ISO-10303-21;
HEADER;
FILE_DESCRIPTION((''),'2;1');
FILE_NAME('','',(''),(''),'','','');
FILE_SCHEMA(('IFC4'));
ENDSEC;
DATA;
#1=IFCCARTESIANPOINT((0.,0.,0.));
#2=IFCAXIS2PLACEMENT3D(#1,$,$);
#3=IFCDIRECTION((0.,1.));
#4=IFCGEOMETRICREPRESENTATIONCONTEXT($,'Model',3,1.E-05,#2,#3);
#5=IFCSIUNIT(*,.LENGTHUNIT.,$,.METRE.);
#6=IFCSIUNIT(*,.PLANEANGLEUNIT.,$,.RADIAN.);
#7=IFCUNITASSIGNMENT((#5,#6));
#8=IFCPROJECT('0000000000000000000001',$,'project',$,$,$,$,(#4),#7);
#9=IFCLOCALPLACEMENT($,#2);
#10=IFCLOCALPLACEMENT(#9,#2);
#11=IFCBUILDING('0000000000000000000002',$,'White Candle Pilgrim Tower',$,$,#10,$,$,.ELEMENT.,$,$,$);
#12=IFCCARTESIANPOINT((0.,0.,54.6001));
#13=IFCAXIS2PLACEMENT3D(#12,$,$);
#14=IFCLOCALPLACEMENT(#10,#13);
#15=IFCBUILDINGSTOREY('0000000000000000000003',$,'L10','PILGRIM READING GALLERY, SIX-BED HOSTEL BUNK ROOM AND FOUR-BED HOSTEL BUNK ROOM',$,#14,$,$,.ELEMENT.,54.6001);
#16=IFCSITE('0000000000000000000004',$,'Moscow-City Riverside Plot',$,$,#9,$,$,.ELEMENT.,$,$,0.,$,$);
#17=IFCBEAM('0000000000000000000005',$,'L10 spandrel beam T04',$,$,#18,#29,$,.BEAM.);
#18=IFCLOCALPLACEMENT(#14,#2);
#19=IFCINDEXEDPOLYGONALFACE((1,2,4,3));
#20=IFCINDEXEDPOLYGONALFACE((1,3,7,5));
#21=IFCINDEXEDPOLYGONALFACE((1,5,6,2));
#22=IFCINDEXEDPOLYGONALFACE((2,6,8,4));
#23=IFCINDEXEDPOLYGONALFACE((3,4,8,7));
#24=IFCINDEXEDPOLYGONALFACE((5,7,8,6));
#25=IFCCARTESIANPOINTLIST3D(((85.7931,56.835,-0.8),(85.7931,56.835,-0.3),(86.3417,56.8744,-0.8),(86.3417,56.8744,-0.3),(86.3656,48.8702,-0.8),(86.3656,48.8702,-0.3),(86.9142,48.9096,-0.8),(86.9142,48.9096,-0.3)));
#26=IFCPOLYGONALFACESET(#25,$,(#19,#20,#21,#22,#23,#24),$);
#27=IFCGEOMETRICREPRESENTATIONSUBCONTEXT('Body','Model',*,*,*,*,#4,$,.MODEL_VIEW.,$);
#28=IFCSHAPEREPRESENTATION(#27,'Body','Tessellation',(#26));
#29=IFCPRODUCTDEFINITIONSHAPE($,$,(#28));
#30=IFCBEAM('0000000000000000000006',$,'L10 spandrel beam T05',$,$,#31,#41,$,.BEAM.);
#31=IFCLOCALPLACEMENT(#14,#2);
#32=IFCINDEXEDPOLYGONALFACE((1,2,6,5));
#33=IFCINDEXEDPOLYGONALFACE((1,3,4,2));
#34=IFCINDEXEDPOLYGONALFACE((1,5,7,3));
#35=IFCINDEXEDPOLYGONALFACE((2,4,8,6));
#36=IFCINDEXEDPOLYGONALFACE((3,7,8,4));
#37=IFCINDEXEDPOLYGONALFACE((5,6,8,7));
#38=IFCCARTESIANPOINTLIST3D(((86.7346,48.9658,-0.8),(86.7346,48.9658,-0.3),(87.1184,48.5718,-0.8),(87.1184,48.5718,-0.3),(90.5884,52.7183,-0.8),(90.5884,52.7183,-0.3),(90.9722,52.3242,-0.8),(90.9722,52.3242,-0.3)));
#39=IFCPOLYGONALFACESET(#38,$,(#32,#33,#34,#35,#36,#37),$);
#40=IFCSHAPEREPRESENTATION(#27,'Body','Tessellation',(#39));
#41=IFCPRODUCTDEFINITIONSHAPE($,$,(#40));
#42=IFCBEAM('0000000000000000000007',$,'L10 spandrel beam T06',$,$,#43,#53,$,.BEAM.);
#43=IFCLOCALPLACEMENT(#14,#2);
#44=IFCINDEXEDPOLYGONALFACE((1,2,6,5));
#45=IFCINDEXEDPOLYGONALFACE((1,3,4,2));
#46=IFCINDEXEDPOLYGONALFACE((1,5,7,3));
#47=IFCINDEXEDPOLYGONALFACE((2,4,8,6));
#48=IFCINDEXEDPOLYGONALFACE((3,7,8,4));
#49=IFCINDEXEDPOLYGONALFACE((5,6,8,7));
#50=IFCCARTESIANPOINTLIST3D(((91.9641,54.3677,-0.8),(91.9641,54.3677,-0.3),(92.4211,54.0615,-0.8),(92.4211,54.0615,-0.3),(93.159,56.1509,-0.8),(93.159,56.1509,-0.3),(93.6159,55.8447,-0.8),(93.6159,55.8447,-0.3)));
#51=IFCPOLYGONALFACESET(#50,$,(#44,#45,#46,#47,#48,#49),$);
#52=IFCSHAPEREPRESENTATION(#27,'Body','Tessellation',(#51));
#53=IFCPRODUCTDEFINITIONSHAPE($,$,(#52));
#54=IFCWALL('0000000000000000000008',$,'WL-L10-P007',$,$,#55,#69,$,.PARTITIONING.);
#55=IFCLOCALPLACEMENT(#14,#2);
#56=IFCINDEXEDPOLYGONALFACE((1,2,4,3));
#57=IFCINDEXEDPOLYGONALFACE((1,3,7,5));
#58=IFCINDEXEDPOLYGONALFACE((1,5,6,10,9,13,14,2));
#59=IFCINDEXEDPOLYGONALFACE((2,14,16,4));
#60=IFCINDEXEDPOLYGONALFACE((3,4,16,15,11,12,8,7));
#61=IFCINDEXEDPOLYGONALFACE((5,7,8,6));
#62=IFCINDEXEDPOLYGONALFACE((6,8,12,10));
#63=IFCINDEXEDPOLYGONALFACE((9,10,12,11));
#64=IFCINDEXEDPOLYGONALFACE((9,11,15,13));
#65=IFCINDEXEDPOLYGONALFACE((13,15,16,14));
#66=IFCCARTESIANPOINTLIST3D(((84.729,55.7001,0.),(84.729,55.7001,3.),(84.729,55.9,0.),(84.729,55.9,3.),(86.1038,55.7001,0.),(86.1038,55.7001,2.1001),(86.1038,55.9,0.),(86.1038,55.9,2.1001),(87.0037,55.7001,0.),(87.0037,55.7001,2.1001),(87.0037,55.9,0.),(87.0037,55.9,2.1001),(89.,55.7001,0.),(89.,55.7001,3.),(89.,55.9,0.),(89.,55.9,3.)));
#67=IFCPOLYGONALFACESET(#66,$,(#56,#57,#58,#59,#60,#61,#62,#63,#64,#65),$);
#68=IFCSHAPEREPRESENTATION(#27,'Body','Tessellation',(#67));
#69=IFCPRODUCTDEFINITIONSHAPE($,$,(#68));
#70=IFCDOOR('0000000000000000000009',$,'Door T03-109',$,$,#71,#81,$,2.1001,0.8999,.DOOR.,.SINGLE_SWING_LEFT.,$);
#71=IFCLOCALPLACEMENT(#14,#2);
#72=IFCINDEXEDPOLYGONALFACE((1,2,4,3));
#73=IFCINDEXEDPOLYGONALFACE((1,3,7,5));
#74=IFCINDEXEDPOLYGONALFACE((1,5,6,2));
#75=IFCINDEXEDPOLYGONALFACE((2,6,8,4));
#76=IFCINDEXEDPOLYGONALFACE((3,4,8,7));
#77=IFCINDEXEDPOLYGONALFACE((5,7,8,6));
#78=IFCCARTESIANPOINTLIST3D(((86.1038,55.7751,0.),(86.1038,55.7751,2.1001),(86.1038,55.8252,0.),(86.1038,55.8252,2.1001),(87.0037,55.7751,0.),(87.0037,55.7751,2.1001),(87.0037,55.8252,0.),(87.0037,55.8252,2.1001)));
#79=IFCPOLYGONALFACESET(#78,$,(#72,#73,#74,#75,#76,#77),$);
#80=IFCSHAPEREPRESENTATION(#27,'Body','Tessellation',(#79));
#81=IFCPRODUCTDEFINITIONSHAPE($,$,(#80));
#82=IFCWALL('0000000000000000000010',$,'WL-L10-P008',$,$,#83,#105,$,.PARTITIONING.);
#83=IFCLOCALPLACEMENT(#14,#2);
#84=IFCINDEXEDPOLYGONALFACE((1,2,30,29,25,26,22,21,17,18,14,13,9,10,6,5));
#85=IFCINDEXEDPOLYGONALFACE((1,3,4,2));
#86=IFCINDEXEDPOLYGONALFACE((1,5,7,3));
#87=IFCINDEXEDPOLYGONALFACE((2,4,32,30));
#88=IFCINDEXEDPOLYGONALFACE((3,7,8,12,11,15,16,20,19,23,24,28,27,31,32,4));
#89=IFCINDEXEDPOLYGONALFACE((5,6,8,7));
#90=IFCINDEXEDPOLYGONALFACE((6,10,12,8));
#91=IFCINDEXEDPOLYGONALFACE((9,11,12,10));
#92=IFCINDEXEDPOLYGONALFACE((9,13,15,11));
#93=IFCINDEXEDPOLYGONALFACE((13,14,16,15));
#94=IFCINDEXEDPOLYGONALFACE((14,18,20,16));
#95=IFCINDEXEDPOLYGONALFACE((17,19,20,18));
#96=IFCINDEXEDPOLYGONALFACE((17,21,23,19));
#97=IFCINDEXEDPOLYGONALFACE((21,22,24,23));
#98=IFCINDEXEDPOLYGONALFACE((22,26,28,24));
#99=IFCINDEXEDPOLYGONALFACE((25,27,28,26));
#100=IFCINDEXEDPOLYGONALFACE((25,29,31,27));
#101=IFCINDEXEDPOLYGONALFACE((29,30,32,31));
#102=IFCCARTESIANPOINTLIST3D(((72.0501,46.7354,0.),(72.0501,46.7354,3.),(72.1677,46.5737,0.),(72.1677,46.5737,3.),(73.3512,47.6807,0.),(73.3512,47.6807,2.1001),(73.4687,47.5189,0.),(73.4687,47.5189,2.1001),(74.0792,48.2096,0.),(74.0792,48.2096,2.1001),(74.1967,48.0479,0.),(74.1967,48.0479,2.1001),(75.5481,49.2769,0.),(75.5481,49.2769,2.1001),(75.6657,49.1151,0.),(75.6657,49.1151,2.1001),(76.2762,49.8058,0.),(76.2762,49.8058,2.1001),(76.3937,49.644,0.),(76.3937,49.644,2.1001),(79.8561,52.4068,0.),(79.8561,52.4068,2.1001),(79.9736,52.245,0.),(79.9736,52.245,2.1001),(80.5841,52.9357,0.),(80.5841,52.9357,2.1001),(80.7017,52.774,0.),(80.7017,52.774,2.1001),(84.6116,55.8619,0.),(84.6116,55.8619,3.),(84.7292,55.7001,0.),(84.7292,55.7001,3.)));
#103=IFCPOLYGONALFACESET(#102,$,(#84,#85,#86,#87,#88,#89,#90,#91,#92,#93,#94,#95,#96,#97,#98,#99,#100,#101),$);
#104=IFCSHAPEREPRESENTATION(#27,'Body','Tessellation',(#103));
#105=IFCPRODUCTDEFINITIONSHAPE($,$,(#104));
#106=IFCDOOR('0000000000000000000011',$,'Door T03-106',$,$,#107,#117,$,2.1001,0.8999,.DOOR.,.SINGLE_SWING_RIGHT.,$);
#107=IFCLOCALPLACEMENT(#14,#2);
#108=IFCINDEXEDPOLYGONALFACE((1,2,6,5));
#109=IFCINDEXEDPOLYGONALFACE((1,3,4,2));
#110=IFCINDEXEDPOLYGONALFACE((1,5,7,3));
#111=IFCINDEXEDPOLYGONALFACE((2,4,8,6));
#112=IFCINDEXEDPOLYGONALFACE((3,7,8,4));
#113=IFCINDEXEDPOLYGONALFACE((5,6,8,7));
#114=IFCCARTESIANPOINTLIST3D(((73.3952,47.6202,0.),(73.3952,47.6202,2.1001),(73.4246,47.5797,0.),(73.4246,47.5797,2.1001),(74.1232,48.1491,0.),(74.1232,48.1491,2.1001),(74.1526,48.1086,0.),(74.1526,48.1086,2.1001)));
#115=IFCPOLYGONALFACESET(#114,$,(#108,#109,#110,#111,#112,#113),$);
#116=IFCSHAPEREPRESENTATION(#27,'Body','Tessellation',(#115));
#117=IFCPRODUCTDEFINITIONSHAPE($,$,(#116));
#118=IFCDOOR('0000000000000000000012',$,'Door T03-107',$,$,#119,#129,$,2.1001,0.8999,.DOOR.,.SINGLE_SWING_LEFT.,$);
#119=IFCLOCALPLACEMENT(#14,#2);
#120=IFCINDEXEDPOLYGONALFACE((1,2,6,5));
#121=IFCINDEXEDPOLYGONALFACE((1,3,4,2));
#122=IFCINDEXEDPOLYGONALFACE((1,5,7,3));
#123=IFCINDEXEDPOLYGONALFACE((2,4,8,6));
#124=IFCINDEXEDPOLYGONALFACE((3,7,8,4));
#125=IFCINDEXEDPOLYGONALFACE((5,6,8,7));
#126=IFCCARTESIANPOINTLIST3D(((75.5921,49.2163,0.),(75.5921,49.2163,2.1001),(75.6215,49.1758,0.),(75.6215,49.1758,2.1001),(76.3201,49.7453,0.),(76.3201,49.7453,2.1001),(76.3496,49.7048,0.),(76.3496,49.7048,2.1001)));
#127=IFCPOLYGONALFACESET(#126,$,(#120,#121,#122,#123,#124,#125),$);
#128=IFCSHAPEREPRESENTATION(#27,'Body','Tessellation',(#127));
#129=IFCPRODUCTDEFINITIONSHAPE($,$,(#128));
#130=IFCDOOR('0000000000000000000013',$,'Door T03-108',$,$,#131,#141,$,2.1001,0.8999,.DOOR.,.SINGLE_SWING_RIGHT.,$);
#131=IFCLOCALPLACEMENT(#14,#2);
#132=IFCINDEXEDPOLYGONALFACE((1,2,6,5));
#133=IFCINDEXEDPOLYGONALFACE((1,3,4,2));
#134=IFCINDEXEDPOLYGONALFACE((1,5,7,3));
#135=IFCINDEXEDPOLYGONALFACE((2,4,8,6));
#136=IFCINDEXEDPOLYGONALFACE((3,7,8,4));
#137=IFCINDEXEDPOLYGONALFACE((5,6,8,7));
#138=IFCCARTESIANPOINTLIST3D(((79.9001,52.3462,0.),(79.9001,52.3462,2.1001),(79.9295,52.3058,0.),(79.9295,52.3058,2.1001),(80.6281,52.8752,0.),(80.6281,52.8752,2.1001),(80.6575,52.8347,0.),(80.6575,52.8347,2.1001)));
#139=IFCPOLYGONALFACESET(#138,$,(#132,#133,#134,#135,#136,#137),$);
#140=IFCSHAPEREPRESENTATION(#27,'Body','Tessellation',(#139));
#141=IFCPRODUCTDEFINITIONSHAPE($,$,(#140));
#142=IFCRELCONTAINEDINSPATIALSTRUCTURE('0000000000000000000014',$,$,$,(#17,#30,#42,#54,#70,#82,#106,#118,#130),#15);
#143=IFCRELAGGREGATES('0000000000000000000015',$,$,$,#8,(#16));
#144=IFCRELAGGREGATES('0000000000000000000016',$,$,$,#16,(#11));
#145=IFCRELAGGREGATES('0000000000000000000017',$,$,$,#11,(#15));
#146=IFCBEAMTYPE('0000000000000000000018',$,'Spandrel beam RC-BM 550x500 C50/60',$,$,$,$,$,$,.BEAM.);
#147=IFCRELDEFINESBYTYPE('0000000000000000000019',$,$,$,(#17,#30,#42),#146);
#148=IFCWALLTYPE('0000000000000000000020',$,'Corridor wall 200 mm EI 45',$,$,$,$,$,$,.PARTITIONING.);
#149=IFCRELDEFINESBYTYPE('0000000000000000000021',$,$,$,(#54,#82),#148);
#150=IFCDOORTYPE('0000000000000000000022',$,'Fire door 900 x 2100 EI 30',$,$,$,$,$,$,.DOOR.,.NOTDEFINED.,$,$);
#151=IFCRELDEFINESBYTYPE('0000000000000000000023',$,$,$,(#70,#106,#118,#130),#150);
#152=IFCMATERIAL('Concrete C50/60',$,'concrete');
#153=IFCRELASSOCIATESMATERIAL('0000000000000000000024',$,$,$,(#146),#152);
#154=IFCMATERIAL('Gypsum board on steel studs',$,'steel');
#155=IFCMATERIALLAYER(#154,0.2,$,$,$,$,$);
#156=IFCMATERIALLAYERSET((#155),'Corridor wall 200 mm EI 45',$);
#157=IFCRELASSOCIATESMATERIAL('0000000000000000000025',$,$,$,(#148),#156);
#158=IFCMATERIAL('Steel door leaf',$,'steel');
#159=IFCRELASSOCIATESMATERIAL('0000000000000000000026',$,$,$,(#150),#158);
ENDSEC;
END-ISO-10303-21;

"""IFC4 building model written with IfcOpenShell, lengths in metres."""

from ifc_helpers import new_model, si_unit, direction, frame, frame_2d, origin, origin_2d, place, context, subcontext, project, spatial, rectangle, extrude, material, layer, layer_set, material_profile, profile_set, type_object, element, fill, save


model = new_model("IFC4")

# Units and contexts
model_context = context("Model", 3, precision=1e-05, world=origin(), true_north=direction((0.0, 1.0)))
body_context = subcontext(model_context, "Body", "Model", "MODEL_VIEW")
ifc_project = project(units=[si_unit("LENGTHUNIT", "METRE"), si_unit("PLANEANGLEUNIT", "RADIAN")], contexts=[model_context])

# Site, building, storey
site_placement = place(None, origin())
site = spatial("IfcSite", under=ifc_project, at=site_placement, Name="Moscow-City Riverside Plot", CompositionType="ELEMENT", RefElevation=0.0)
building_placement = place(site_placement, origin())
building = spatial("IfcBuilding", under=site, at=building_placement, Name="White Candle Pilgrim Tower", CompositionType="ELEMENT")
storey_placement = place(building_placement, frame((0.0, 0.0, 54.6001)))
storey = spatial("IfcBuildingStorey", under=building, at=storey_placement, Name="L10", Description="PILGRIM READING GALLERY, SIX-BED HOSTEL BUNK ROOM AND FOUR-BED HOSTEL BUNK ROOM", CompositionType="ELEMENT", Elevation=54.6001)

# Beams
ifc_material_1 = material(Name="Concrete C50/60", Category="concrete")
ifc_material_profile_1 = material_profile(ifc_material_1, rectangle(XDim=0.55, YDim=0.5, at=origin_2d()), Name="RC-BM 550x500")
ifc_profile_set_1 = profile_set([ifc_material_profile_1], Name="Concrete C50/60")
beam_type = type_object("IfcBeamType", Name="Spandrel beam RC-BM 550x500 C50/60", PredefinedType="BEAM", material=ifc_profile_set_1)
beam_1_placement = place(storey_placement, frame((86.6399, 48.8899, -0.55), z_axis=(-0.071695, 0.997427, 0.0), x_axis=(-0.997427, -0.071695, 0.0)))
element("IfcBeam", 1, at=beam_1_placement, inside=storey, type_object=beam_type, Name="L10 spandrel beam T04", PredefinedType="BEAM", context=body_context, shape_type="SweptSolid", body=[
    extrude(rectangle(XDim=0.55, YDim=0.5, at=origin_2d()), origin(), (0.0, 0.0, 1.0), 7.9854),
])
beam_2_placement = place(storey_placement, frame((86.9265, 48.7688, -0.55), z_axis=(0.716462, 0.697626, 0.0), x_axis=(-0.697626, 0.716462, 0.0)))
element("IfcBeam", 2, at=beam_2_placement, inside=storey, type_object=beam_type, Name="L10 spandrel beam T05", PredefinedType="BEAM", context=body_context, shape_type="SweptSolid", body=[
    extrude(rectangle(XDim=0.55, YDim=0.5, at=origin_2d()), origin(), (0.0, 0.0, 1.0), 5.3789),
])
beam_3_placement = place(storey_placement, frame((92.1926, 54.2146, -0.55), z_axis=(0.556641, 0.830753, 0.0), x_axis=(-0.830753, 0.556641, 0.0)))
element("IfcBeam", 3, at=beam_3_placement, inside=storey, type_object=beam_type, Name="L10 spandrel beam T06", PredefinedType="BEAM", context=body_context, shape_type="SweptSolid", body=[
    extrude(rectangle(XDim=0.55, YDim=0.5, at=origin_2d()), origin(), (0.0, 0.0, 1.0), 2.1465),
])

# Wall, opening, door
ifc_material_2 = material(Name="Gypsum board on steel studs", Category="steel")
ifc_layer_1 = layer(ifc_material_2, 0.2)
ifc_layer_set_1 = layer_set([ifc_layer_1], Name="Corridor wall 200 mm EI 45")
wall_type_1 = type_object("IfcWallType", Name="Corridor wall 200 mm EI 45", PredefinedType="PARTITIONING", material=ifc_layer_set_1)
wall_1_placement = place(storey_placement, frame((89.0, 55.8, 0.0), z_axis=(0.0, 0.0, 1.0), x_axis=(-1.0, 0.0, 0.0)))
wall_1 = element("IfcWall", 4, at=wall_1_placement, inside=storey, type_object=wall_type_1, Name="WL-L10-P007", PredefinedType="PARTITIONING", context=body_context, shape_type="SweptSolid", body=[
    extrude(rectangle(XDim=4.271, YDim=0.2, at=frame_2d((2.1355, 0.0))), origin(), (0.0, 0.0, 1.0), 3.0),
])
opening_1_placement = place(wall_1_placement, frame((1.9963, 0.0, 0.0)))
opening_1 = element("IfcOpeningElement", 5, at=opening_1_placement, cuts=wall_1, PredefinedType="OPENING", context=body_context, shape_type="SweptSolid", body=[
    extrude(rectangle(XDim=0.8999, YDim=2.1001, at=frame_2d((0.45, 1.05))), frame((0.0, 0.1099, 0.0), z_axis=(0.0, -1.0, 0.0), x_axis=(1.0, 0.0, 0.0)), (0.0, 0.0, 1.0), 0.22),
])
ifc_material_3 = material(Name="Steel door leaf", Category="steel")
door_type = type_object("IfcDoorType", Name="Fire door 900 x 2100 EI 30", OperationType="NOTDEFINED", PredefinedType="DOOR", material=ifc_material_3)
door_1_placement = place(opening_1_placement, origin())
door_1 = element("IfcDoor", 6, at=door_1_placement, inside=storey, type_object=door_type, Name="Door T03-109", OperationType="SINGLE_SWING_LEFT", OverallHeight=2.1001, OverallWidth=0.8999, PredefinedType="DOOR", context=body_context, shape_type="SweptSolid", body=[
    extrude(rectangle(XDim=0.8999, YDim=2.1001, at=frame_2d((0.45, 1.05))), frame((0.0, 0.0249, 0.0), z_axis=(0.0, -1.0, 0.0), x_axis=(1.0, 0.0, 0.0)), (0.0, 0.0, 1.0), 0.05),
])
fill(opening_1, door_1)

# Wall, openings, doors
wall_2_placement = place(storey_placement, frame((84.6704, 55.781, 0.0), z_axis=(0.0, 0.0, 1.0), x_axis=(-0.809017, -0.587785, 0.0)))
wall_2 = element("IfcWall", 7, at=wall_2_placement, inside=storey, type_object=wall_type_1, Name="WL-L10-P008", PredefinedType="PARTITIONING", context=body_context, shape_type="SweptSolid", body=[
    extrude(rectangle(XDim=15.5269, YDim=0.2, at=frame_2d((7.7634, 0.0))), origin(), (0.0, 0.0, 1.0), 3.0),
])
opening_2_placement = place(wall_2_placement, frame((13.0188, 0.0, 0.0)))
opening_2 = element("IfcOpeningElement", 8, at=opening_2_placement, cuts=wall_2, PredefinedType="OPENING", context=body_context, shape_type="SweptSolid", body=[
    extrude(rectangle(XDim=0.8999, YDim=2.1001, at=frame_2d((0.45, 1.05))), frame((0.0, 0.1099, 0.0), z_axis=(0.0, -1.0, 0.0), x_axis=(1.0, 0.0, 0.0)), (0.0, 0.0, 1.0), 0.22),
])
opening_3_placement = place(wall_2_placement, frame((10.3032, 0.0, 0.0)))
opening_3 = element("IfcOpeningElement", 9, at=opening_3_placement, cuts=wall_2, PredefinedType="OPENING", context=body_context, shape_type="SweptSolid", body=[
    extrude(rectangle(XDim=0.8999, YDim=2.1001, at=frame_2d((0.45, 1.05))), frame((0.0, 0.1099, 0.0), z_axis=(0.0, -1.0, 0.0), x_axis=(1.0, 0.0, 0.0)), (0.0, 0.0, 1.0), 0.22),
])
opening_4_placement = place(wall_2_placement, frame((4.9783, 0.0, 0.0)))
opening_4 = element("IfcOpeningElement", 10, at=opening_4_placement, cuts=wall_2, PredefinedType="OPENING", context=body_context, shape_type="SweptSolid", body=[
    extrude(rectangle(XDim=0.8999, YDim=2.1001, at=frame_2d((0.45, 1.05))), frame((0.0, 0.1099, 0.0), z_axis=(0.0, -1.0, 0.0), x_axis=(1.0, 0.0, 0.0)), (0.0, 0.0, 1.0), 0.22),
])
door_2_placement = place(opening_2_placement, origin())
door_2 = element("IfcDoor", 11, at=door_2_placement, inside=storey, type_object=door_type, Name="Door T03-106", OperationType="SINGLE_SWING_RIGHT", OverallHeight=2.1001, OverallWidth=0.8999, PredefinedType="DOOR", context=body_context, shape_type="SweptSolid", body=[
    extrude(rectangle(XDim=0.8999, YDim=2.1001, at=frame_2d((0.45, 1.05))), frame((0.0, 0.0249, 0.0), z_axis=(0.0, -1.0, 0.0), x_axis=(1.0, 0.0, 0.0)), (0.0, 0.0, 1.0), 0.05),
])
fill(opening_2, door_2)
door_3_placement = place(opening_3_placement, origin())
door_3 = element("IfcDoor", 12, at=door_3_placement, inside=storey, type_object=door_type, Name="Door T03-107", OperationType="SINGLE_SWING_LEFT", OverallHeight=2.1001, OverallWidth=0.8999, PredefinedType="DOOR", context=body_context, shape_type="SweptSolid", body=[
    extrude(rectangle(XDim=0.8999, YDim=2.1001, at=frame_2d((0.45, 1.05))), frame((0.0, 0.0249, 0.0), z_axis=(0.0, -1.0, 0.0), x_axis=(1.0, 0.0, 0.0)), (0.0, 0.0, 1.0), 0.05),
])
fill(opening_3, door_3)
door_4_placement = place(opening_4_placement, origin())
door_4 = element("IfcDoor", 13, at=door_4_placement, inside=storey, type_object=door_type, Name="Door T03-108", OperationType="SINGLE_SWING_RIGHT", OverallHeight=2.1001, OverallWidth=0.8999, PredefinedType="DOOR", context=body_context, shape_type="SweptSolid", body=[
    extrude(rectangle(XDim=0.8999, YDim=2.1001, at=frame_2d((0.45, 1.05))), frame((0.0, 0.0249, 0.0), z_axis=(0.0, -1.0, 0.0), x_axis=(1.0, 0.0, 0.0)), (0.0, 0.0, 1.0), 0.05),
])
fill(opening_4, door_4)

save(model, "model.ifc")
